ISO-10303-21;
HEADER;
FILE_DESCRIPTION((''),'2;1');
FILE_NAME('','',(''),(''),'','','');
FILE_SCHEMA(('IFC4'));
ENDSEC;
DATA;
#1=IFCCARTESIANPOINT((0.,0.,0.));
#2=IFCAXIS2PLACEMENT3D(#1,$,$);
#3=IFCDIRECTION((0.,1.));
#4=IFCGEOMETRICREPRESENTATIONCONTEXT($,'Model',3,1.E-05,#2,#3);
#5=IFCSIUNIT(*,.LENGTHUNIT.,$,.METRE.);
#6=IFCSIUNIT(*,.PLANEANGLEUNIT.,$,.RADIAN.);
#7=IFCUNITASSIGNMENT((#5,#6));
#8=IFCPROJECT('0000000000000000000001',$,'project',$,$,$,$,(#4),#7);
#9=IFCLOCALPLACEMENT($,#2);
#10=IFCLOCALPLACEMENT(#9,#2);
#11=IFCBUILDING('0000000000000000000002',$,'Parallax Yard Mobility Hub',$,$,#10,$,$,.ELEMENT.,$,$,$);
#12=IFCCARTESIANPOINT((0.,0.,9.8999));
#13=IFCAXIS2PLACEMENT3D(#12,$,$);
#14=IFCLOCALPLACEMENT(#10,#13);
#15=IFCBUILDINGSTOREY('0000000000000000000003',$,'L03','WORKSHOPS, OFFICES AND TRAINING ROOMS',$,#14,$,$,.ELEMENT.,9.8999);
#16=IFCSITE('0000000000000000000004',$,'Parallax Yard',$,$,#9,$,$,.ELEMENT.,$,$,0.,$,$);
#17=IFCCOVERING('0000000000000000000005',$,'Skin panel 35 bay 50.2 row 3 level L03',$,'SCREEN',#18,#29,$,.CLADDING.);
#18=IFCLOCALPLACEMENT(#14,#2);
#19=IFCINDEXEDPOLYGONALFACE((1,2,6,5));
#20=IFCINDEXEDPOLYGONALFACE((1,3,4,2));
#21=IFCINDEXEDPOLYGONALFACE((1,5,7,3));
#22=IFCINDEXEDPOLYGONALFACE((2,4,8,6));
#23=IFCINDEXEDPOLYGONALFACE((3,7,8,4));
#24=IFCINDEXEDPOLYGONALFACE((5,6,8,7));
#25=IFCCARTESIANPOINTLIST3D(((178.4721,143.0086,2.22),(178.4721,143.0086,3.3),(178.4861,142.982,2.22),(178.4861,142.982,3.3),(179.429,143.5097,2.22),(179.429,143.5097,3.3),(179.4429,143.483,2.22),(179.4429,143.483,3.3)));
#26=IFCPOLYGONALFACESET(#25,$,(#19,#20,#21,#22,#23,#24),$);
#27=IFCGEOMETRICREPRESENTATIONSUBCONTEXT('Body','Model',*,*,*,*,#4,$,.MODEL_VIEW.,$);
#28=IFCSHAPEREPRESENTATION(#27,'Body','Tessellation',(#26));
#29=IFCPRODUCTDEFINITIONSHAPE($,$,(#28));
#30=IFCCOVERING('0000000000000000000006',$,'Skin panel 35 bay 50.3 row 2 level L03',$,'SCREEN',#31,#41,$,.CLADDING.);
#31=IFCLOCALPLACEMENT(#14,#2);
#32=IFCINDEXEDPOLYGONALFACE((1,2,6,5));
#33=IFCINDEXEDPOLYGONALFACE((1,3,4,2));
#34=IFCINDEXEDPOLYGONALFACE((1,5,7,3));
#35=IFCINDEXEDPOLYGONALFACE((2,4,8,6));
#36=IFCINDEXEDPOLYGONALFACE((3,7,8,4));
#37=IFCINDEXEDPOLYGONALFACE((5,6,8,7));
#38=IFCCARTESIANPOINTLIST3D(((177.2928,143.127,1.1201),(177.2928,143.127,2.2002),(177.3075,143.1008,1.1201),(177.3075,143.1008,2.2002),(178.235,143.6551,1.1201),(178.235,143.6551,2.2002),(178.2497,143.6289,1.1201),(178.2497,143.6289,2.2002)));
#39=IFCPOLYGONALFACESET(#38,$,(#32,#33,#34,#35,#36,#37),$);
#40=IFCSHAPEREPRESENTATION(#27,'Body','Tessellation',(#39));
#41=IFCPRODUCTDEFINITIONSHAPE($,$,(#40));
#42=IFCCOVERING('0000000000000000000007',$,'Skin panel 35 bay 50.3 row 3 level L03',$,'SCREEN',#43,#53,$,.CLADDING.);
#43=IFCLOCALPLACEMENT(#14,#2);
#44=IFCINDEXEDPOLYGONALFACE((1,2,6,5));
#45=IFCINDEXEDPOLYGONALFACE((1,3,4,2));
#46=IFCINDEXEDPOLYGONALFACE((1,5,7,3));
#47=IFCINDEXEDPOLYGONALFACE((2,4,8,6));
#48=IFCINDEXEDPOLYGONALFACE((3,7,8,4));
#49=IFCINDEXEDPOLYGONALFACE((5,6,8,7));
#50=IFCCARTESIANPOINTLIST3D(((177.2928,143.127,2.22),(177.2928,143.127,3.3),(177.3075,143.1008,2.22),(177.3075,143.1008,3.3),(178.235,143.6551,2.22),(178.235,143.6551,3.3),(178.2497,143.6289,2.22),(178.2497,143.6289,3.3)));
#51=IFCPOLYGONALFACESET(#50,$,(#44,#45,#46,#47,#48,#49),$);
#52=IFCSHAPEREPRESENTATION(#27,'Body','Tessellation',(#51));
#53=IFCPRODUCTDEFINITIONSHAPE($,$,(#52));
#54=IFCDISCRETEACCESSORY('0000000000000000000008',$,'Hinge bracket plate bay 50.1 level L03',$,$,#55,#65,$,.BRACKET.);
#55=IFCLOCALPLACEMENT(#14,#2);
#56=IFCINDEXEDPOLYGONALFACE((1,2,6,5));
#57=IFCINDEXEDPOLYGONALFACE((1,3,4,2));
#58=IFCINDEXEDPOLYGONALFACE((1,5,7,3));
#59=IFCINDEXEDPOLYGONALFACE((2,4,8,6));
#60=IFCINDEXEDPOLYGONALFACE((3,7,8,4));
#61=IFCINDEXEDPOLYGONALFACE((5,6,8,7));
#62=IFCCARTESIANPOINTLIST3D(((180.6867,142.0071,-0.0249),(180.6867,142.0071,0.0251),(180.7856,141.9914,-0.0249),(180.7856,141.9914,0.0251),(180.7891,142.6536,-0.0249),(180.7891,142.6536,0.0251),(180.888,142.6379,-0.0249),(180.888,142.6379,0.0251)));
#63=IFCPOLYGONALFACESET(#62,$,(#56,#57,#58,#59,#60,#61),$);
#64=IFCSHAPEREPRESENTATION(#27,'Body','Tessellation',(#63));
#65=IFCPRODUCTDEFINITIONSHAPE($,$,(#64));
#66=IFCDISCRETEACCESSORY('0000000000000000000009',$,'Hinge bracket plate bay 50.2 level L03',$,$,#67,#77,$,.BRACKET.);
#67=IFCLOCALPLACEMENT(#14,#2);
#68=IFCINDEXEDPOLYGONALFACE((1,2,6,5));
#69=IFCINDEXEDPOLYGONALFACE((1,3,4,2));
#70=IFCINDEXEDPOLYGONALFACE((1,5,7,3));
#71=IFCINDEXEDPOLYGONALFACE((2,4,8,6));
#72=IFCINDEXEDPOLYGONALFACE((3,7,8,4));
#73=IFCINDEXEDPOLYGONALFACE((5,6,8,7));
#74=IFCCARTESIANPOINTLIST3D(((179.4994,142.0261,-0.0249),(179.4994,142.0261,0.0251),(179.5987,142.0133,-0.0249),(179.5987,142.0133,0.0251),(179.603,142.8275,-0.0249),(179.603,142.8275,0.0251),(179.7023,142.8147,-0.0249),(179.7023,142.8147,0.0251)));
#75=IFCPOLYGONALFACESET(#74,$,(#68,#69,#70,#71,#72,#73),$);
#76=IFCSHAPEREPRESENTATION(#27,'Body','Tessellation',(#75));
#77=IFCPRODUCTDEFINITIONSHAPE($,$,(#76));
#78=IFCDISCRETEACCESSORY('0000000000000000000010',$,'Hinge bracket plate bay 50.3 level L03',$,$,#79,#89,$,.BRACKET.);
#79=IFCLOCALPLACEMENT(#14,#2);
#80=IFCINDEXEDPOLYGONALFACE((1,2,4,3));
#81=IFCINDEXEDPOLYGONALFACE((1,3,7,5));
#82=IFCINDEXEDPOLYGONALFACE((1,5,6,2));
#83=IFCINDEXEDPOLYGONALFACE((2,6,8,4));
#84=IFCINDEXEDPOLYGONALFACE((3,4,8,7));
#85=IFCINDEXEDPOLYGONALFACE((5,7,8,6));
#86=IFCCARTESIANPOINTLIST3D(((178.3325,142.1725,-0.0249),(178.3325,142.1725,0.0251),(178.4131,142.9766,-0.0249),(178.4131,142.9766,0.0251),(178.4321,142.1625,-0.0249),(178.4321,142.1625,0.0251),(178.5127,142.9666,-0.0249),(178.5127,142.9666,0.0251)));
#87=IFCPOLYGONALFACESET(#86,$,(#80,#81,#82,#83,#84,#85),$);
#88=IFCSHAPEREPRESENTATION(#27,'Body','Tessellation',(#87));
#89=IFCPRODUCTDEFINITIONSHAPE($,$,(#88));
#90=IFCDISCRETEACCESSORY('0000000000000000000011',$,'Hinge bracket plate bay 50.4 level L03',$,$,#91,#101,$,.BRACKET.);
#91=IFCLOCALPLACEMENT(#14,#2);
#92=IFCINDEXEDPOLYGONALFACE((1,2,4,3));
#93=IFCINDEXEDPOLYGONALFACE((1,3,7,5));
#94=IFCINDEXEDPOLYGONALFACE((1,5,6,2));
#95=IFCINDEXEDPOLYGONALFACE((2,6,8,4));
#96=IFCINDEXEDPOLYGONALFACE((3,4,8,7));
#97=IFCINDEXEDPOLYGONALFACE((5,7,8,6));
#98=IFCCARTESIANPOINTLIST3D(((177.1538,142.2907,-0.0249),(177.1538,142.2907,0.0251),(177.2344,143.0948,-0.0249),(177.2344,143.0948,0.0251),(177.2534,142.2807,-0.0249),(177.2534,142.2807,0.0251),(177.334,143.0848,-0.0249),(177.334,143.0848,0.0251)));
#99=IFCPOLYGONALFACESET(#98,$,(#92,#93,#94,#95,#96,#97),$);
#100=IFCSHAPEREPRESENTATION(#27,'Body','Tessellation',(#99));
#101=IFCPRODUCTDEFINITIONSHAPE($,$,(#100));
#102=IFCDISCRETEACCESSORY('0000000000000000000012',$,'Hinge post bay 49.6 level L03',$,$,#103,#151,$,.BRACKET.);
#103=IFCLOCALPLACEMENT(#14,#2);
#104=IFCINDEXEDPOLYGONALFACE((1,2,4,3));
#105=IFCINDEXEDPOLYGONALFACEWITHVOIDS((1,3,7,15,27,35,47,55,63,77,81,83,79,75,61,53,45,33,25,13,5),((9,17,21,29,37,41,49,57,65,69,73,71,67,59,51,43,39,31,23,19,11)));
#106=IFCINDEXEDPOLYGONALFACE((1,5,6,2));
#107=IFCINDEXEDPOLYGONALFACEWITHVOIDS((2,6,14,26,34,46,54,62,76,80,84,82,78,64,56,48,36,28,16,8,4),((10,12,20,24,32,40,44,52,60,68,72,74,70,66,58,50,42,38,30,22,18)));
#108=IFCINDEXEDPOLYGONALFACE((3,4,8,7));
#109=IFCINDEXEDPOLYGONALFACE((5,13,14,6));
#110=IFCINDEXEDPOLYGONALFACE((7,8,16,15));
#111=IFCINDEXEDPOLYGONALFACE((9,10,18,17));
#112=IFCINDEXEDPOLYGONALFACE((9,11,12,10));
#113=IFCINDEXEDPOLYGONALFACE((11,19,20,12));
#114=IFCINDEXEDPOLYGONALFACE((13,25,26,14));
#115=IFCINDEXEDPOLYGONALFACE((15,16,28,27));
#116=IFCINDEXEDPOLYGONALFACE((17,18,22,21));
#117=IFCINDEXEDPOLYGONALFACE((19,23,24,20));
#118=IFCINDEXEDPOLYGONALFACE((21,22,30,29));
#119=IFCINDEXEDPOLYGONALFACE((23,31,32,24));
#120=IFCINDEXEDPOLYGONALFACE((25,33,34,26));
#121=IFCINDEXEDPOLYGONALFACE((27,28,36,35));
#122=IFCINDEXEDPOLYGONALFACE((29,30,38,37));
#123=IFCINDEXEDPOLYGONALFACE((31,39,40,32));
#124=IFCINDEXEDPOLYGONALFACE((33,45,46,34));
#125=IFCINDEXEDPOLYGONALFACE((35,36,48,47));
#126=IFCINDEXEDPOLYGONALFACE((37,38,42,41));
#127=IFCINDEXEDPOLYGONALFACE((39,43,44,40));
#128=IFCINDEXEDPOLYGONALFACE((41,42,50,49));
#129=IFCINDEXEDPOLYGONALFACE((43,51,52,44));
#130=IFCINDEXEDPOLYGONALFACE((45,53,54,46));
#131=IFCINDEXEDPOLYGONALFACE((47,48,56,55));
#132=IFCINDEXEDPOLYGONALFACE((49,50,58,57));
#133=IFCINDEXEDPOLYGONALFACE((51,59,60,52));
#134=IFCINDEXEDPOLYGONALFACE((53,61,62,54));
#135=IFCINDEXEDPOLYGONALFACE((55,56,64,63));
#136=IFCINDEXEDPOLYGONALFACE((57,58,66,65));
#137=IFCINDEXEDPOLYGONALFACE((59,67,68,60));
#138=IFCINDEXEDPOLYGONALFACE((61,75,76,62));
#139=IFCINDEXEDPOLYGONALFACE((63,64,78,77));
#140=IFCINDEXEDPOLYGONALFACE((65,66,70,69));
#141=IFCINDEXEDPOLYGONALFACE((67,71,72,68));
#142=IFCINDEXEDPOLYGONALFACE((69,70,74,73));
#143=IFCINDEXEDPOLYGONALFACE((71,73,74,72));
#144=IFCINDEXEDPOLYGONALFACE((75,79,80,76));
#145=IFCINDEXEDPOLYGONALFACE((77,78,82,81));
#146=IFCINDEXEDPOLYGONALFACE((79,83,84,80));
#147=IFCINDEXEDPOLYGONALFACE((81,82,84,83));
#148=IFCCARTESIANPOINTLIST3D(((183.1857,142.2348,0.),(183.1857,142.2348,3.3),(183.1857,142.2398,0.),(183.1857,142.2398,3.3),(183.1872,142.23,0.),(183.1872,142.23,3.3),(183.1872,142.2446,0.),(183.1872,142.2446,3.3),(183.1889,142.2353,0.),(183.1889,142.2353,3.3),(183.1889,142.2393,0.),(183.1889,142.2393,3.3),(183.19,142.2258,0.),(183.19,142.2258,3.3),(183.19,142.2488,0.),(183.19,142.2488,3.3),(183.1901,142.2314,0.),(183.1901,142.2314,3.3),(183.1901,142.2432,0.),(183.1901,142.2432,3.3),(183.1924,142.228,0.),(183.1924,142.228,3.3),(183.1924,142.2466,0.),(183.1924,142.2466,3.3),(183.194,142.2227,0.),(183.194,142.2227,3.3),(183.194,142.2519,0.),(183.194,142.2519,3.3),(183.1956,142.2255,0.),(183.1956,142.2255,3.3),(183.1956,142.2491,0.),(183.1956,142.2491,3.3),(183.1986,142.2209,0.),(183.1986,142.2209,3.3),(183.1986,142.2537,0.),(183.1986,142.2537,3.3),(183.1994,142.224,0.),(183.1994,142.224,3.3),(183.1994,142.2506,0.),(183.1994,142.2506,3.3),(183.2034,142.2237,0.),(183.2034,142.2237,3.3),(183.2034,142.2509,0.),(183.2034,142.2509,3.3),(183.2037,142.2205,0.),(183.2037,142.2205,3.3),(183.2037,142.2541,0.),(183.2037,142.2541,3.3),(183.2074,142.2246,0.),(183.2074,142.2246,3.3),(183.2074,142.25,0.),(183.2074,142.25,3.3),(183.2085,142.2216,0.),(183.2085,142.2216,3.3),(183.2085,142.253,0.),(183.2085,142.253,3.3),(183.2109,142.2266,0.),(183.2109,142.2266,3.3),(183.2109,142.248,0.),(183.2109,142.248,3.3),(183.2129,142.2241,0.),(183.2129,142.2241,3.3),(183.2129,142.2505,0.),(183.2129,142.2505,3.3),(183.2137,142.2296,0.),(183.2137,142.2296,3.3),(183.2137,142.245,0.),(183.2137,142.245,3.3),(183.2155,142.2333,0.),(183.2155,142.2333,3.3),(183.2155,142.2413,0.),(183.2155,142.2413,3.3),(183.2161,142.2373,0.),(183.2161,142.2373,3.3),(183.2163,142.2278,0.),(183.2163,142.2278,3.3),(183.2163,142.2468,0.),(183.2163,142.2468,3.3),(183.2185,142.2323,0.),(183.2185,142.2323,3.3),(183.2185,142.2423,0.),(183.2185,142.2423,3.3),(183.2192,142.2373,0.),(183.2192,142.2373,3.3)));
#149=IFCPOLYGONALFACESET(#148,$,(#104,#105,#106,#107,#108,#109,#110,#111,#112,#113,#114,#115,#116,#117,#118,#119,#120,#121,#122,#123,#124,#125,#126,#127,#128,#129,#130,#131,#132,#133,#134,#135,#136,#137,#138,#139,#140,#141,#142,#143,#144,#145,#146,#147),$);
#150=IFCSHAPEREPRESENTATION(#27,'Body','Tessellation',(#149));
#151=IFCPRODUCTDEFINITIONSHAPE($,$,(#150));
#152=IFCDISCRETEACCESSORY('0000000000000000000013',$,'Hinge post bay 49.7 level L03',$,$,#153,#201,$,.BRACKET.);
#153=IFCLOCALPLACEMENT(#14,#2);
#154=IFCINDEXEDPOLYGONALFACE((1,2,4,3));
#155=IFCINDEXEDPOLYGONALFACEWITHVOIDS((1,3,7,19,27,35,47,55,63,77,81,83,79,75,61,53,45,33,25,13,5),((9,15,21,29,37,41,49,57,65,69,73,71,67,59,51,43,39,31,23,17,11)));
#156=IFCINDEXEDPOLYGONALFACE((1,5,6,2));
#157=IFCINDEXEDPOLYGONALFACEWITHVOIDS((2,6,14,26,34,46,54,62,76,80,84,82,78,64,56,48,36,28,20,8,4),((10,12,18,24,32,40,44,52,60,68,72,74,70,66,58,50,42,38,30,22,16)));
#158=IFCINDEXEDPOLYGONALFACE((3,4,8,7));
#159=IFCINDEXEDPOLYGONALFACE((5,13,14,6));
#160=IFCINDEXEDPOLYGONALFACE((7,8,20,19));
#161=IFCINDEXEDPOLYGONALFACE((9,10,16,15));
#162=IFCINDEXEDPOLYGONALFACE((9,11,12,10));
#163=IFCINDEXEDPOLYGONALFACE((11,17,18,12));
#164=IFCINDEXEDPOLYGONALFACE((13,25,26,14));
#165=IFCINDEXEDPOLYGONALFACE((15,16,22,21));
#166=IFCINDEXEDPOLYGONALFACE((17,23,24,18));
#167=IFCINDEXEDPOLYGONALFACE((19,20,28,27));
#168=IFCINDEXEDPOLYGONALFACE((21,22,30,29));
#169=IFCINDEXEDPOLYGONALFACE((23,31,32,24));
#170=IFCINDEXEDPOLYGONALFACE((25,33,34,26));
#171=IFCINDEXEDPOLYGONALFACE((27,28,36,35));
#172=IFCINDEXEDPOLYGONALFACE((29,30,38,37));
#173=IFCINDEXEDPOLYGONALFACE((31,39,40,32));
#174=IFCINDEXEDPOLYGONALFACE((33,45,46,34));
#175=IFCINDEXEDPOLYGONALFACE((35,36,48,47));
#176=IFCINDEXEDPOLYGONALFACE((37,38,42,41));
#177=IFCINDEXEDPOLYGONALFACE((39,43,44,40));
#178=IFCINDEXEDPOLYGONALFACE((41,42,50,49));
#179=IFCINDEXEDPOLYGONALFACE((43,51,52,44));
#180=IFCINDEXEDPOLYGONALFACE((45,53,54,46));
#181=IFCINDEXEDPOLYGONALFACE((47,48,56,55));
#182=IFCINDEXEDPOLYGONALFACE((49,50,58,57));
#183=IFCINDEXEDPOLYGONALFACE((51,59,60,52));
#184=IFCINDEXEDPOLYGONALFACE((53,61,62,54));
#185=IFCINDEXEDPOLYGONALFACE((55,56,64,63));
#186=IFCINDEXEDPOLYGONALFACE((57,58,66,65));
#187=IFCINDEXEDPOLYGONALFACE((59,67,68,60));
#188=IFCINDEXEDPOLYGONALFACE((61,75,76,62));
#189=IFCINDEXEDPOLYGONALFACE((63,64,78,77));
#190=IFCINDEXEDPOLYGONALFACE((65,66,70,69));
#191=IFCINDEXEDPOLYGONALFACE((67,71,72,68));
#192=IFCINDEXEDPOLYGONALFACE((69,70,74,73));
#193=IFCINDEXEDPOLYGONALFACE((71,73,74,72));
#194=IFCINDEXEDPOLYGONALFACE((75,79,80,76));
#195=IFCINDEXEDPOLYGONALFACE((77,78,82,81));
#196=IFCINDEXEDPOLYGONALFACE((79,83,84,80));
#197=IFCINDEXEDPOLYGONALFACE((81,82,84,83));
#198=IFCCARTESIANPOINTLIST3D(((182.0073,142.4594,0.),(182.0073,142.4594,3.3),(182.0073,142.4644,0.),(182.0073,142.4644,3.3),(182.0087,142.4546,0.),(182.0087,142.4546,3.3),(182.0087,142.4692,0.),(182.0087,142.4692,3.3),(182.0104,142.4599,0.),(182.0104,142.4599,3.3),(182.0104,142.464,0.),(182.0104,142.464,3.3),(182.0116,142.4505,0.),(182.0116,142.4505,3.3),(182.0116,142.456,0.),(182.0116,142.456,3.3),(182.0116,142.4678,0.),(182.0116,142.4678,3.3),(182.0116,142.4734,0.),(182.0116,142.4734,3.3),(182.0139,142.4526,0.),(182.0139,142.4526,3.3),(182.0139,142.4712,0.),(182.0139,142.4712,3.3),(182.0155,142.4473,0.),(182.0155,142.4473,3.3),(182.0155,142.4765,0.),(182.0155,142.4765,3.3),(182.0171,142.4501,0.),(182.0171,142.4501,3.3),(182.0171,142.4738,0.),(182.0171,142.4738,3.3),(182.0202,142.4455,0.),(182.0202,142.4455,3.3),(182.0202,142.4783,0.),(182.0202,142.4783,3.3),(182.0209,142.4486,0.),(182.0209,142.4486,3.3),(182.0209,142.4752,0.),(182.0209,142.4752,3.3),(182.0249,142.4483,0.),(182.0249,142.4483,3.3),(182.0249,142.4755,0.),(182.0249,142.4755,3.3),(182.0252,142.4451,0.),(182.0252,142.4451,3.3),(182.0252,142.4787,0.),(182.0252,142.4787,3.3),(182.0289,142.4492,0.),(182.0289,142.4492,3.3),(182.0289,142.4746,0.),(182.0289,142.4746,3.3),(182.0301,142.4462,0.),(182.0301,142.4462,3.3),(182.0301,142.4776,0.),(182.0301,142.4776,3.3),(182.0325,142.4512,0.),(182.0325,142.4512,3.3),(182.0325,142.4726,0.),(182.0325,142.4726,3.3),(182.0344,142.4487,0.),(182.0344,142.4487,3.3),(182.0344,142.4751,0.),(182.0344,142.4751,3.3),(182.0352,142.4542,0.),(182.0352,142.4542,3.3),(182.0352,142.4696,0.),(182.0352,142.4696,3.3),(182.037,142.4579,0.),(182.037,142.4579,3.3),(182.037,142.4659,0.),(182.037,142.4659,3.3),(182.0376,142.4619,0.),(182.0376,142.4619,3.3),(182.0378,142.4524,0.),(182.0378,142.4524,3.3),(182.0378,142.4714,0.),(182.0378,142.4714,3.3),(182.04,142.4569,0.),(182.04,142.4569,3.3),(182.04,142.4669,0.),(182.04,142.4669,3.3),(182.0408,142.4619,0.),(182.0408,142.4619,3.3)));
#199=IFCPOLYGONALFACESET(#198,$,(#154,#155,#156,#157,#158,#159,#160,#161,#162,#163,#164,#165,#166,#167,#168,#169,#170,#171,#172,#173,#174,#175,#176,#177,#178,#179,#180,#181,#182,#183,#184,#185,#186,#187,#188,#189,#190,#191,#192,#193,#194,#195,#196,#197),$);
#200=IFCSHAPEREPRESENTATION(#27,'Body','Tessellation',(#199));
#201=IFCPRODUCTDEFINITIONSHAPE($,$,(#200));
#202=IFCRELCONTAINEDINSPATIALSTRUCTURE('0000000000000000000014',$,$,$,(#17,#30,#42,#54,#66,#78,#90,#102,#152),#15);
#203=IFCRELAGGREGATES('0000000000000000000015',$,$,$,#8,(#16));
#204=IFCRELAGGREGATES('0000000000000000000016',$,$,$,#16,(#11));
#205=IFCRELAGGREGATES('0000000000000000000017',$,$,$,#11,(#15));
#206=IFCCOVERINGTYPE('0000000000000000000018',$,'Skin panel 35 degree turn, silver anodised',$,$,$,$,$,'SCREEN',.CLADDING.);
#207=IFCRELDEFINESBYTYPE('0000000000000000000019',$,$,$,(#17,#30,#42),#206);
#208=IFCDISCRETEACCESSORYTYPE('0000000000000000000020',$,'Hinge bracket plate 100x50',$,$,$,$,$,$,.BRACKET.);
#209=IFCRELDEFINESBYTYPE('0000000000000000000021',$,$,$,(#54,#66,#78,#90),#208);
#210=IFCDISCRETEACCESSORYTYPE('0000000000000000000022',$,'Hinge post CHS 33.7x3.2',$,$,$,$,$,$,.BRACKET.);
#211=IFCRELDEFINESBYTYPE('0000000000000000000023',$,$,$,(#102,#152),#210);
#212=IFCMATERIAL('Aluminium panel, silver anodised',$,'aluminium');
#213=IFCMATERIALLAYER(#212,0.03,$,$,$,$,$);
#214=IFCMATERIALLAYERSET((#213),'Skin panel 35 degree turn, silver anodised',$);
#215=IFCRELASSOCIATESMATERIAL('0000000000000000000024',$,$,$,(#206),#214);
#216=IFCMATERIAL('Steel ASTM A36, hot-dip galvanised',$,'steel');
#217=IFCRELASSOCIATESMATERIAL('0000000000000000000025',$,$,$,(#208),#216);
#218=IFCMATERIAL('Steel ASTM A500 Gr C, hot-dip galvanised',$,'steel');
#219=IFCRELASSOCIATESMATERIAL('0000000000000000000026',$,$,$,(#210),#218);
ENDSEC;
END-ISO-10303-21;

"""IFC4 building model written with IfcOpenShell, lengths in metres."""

from ifc_helpers import new_model, si_unit, direction, frame, origin, origin_2d, place, context, subcontext, project, spatial, rectangle, hollow_circle, extrude, material, layer, layer_set, material_profile, profile_set, type_object, element, save


model = new_model("IFC4")

# Units and contexts
model_context = context("Model", 3, precision=1e-05, world=origin(), true_north=direction((0.0, 1.0)))
body_context = subcontext(model_context, "Body", "Model", "MODEL_VIEW")
ifc_project = project(units=[si_unit("LENGTHUNIT", "METRE"), si_unit("PLANEANGLEUNIT", "RADIAN")], contexts=[model_context])

# Site, building, storey
site_placement = place(None, origin())
site = spatial("IfcSite", under=ifc_project, at=site_placement, Name="Parallax Yard", CompositionType="ELEMENT", RefElevation=0.0)
building_placement = place(site_placement, origin())
building = spatial("IfcBuilding", under=site, at=building_placement, Name="Parallax Yard Mobility Hub", CompositionType="ELEMENT")
storey_placement = place(building_placement, frame((0.0, 0.0, 9.8999)))
storey = spatial("IfcBuildingStorey", under=building, at=storey_placement, Name="L03", Description="WORKSHOPS, OFFICES AND TRAINING ROOMS", CompositionType="ELEMENT", Elevation=9.8999)

# Coverings
ifc_material_1 = material(Name="Aluminium panel, silver anodised", Category="aluminium")
ifc_layer_1 = layer(ifc_material_1, 0.03)
ifc_layer_set_1 = layer_set([ifc_layer_1], Name="Skin panel 35 degree turn, silver anodised")
covering_type_1 = type_object("IfcCoveringType", Name="Skin panel 35 degree turn, silver anodised", ElementType="SCREEN", PredefinedType="CLADDING", material=ifc_layer_set_1)
for number, where, z_axis, x_axis, name in (
    (1, (178.9575, 143.2458, 2.22), (0.0, 0.0, 1.0), (0.885909, 0.463859, 0.0), "Skin panel 35 bay 50.2 row 3 level L03"),
    (2, (177.7712, 143.3779, 1.1201), (0.0, 0.0, 1.0), (0.872302, 0.488967, 0.0), "Skin panel 35 bay 50.3 row 2 level L03"),
    (3, (177.7712, 143.3779, 2.22), (0.0, 0.0, 1.0), (0.872302, 0.488967, 0.0), "Skin panel 35 bay 50.3 row 3 level L03"),
):
    element("IfcCovering", number, at=place(storey_placement, frame(where, z_axis=z_axis, x_axis=x_axis)), inside=storey, type_object=covering_type_1, Name=name, ObjectType="SCREEN", PredefinedType="CLADDING", context=body_context, shape_type="SweptSolid", body=[
        extrude(rectangle(XDim=1.0801, YDim=0.03, at=origin_2d()), origin(), (0.0, 0.0, 1.0), 1.0801),
    ])

# Discrete accessories
ifc_material_2 = material(Name="Steel ASTM A36, hot-dip galvanised", Category="steel")
discrete_accessory_type_1 = type_object("IfcDiscreteAccessoryType", Name="Hinge bracket plate 100x50", PredefinedType="BRACKET", material=ifc_material_2)
discrete_accessory_placement = place(storey_placement, frame((180.7874, 142.3225, -0.0249), z_axis=(0.0, 0.0, 1.0), x_axis=(0.156434, 0.987688, 0.0)))
element("IfcDiscreteAccessory", 4, at=discrete_accessory_placement, inside=storey, type_object=discrete_accessory_type_1, Name="Hinge bracket plate bay 50.1 level L03", PredefinedType="BRACKET", context=body_context, shape_type="SweptSolid", body=[
    extrude(rectangle(XDim=0.6545, YDim=0.1001, at=origin_2d()), origin(), (0.0, 0.0, 1.0), 0.05),
])
for number, where, z_axis, x_axis, name in (
    (5, (179.6008, 142.4204, -0.0249), (0.0, 0.0, 1.0), (0.128166, 0.991753, 0.0), "Hinge bracket plate bay 50.2 level L03"),
    (6, (178.4226, 142.5696, -0.0249), (0.0, 0.0, 1.0), (0.099794, 0.995008, 0.0), "Hinge bracket plate bay 50.3 level L03"),
    (7, (177.2439, 142.6877, -0.0249), (0.0, 0.0, 1.0), (0.099794, 0.995008, 0.0), "Hinge bracket plate bay 50.4 level L03"),
):
    element("IfcDiscreteAccessory", number, at=place(storey_placement, frame(where, z_axis=z_axis, x_axis=x_axis)), inside=storey, type_object=discrete_accessory_type_1, Name=name, PredefinedType="BRACKET", context=body_context, shape_type="SweptSolid", body=[
        extrude(rectangle(XDim=0.8081, YDim=0.1001, at=origin_2d()), origin(), (0.0, 0.0, 1.0), 0.05),
    ])
ifc_material_3 = material(Name="Steel ASTM A500 Gr C, hot-dip galvanised", Category="steel")
ifc_material_profile = material_profile(ifc_material_3, hollow_circle(Radius=0.0168, WallThickness=0.0032, at=origin_2d()), Name="CHS 33.7x3.2")
ifc_profile_set = profile_set([ifc_material_profile], Name="Steel ASTM A500 Gr C, hot-dip galvanised")
discrete_accessory_type_2 = type_object("IfcDiscreteAccessoryType", Name="Hinge post CHS 33.7x3.2", PredefinedType="BRACKET", material=ifc_profile_set)
for number, where, z_axis, x_axis, name in (
    (8, (183.2024, 142.2373, 0.0), (0.0, 0.0, 1.0), (1.0, 0.0, 0.0), "Hinge post bay 49.6 level L03"),
    (9, (182.0239, 142.4619, 0.0), (0.0, 0.0, 1.0), (1.0, 0.0, 0.0), "Hinge post bay 49.7 level L03"),
):
    element("IfcDiscreteAccessory", number, at=place(storey_placement, frame(where, z_axis=z_axis, x_axis=x_axis)), inside=storey, type_object=discrete_accessory_type_2, Name=name, PredefinedType="BRACKET", context=body_context, shape_type="SweptSolid", body=[
        extrude(hollow_circle(Radius=0.0168, WallThickness=0.0032, at=origin_2d()), origin(), (0.0, 0.0, 1.0), 3.3),
    ])

save(model, "model.ifc")
